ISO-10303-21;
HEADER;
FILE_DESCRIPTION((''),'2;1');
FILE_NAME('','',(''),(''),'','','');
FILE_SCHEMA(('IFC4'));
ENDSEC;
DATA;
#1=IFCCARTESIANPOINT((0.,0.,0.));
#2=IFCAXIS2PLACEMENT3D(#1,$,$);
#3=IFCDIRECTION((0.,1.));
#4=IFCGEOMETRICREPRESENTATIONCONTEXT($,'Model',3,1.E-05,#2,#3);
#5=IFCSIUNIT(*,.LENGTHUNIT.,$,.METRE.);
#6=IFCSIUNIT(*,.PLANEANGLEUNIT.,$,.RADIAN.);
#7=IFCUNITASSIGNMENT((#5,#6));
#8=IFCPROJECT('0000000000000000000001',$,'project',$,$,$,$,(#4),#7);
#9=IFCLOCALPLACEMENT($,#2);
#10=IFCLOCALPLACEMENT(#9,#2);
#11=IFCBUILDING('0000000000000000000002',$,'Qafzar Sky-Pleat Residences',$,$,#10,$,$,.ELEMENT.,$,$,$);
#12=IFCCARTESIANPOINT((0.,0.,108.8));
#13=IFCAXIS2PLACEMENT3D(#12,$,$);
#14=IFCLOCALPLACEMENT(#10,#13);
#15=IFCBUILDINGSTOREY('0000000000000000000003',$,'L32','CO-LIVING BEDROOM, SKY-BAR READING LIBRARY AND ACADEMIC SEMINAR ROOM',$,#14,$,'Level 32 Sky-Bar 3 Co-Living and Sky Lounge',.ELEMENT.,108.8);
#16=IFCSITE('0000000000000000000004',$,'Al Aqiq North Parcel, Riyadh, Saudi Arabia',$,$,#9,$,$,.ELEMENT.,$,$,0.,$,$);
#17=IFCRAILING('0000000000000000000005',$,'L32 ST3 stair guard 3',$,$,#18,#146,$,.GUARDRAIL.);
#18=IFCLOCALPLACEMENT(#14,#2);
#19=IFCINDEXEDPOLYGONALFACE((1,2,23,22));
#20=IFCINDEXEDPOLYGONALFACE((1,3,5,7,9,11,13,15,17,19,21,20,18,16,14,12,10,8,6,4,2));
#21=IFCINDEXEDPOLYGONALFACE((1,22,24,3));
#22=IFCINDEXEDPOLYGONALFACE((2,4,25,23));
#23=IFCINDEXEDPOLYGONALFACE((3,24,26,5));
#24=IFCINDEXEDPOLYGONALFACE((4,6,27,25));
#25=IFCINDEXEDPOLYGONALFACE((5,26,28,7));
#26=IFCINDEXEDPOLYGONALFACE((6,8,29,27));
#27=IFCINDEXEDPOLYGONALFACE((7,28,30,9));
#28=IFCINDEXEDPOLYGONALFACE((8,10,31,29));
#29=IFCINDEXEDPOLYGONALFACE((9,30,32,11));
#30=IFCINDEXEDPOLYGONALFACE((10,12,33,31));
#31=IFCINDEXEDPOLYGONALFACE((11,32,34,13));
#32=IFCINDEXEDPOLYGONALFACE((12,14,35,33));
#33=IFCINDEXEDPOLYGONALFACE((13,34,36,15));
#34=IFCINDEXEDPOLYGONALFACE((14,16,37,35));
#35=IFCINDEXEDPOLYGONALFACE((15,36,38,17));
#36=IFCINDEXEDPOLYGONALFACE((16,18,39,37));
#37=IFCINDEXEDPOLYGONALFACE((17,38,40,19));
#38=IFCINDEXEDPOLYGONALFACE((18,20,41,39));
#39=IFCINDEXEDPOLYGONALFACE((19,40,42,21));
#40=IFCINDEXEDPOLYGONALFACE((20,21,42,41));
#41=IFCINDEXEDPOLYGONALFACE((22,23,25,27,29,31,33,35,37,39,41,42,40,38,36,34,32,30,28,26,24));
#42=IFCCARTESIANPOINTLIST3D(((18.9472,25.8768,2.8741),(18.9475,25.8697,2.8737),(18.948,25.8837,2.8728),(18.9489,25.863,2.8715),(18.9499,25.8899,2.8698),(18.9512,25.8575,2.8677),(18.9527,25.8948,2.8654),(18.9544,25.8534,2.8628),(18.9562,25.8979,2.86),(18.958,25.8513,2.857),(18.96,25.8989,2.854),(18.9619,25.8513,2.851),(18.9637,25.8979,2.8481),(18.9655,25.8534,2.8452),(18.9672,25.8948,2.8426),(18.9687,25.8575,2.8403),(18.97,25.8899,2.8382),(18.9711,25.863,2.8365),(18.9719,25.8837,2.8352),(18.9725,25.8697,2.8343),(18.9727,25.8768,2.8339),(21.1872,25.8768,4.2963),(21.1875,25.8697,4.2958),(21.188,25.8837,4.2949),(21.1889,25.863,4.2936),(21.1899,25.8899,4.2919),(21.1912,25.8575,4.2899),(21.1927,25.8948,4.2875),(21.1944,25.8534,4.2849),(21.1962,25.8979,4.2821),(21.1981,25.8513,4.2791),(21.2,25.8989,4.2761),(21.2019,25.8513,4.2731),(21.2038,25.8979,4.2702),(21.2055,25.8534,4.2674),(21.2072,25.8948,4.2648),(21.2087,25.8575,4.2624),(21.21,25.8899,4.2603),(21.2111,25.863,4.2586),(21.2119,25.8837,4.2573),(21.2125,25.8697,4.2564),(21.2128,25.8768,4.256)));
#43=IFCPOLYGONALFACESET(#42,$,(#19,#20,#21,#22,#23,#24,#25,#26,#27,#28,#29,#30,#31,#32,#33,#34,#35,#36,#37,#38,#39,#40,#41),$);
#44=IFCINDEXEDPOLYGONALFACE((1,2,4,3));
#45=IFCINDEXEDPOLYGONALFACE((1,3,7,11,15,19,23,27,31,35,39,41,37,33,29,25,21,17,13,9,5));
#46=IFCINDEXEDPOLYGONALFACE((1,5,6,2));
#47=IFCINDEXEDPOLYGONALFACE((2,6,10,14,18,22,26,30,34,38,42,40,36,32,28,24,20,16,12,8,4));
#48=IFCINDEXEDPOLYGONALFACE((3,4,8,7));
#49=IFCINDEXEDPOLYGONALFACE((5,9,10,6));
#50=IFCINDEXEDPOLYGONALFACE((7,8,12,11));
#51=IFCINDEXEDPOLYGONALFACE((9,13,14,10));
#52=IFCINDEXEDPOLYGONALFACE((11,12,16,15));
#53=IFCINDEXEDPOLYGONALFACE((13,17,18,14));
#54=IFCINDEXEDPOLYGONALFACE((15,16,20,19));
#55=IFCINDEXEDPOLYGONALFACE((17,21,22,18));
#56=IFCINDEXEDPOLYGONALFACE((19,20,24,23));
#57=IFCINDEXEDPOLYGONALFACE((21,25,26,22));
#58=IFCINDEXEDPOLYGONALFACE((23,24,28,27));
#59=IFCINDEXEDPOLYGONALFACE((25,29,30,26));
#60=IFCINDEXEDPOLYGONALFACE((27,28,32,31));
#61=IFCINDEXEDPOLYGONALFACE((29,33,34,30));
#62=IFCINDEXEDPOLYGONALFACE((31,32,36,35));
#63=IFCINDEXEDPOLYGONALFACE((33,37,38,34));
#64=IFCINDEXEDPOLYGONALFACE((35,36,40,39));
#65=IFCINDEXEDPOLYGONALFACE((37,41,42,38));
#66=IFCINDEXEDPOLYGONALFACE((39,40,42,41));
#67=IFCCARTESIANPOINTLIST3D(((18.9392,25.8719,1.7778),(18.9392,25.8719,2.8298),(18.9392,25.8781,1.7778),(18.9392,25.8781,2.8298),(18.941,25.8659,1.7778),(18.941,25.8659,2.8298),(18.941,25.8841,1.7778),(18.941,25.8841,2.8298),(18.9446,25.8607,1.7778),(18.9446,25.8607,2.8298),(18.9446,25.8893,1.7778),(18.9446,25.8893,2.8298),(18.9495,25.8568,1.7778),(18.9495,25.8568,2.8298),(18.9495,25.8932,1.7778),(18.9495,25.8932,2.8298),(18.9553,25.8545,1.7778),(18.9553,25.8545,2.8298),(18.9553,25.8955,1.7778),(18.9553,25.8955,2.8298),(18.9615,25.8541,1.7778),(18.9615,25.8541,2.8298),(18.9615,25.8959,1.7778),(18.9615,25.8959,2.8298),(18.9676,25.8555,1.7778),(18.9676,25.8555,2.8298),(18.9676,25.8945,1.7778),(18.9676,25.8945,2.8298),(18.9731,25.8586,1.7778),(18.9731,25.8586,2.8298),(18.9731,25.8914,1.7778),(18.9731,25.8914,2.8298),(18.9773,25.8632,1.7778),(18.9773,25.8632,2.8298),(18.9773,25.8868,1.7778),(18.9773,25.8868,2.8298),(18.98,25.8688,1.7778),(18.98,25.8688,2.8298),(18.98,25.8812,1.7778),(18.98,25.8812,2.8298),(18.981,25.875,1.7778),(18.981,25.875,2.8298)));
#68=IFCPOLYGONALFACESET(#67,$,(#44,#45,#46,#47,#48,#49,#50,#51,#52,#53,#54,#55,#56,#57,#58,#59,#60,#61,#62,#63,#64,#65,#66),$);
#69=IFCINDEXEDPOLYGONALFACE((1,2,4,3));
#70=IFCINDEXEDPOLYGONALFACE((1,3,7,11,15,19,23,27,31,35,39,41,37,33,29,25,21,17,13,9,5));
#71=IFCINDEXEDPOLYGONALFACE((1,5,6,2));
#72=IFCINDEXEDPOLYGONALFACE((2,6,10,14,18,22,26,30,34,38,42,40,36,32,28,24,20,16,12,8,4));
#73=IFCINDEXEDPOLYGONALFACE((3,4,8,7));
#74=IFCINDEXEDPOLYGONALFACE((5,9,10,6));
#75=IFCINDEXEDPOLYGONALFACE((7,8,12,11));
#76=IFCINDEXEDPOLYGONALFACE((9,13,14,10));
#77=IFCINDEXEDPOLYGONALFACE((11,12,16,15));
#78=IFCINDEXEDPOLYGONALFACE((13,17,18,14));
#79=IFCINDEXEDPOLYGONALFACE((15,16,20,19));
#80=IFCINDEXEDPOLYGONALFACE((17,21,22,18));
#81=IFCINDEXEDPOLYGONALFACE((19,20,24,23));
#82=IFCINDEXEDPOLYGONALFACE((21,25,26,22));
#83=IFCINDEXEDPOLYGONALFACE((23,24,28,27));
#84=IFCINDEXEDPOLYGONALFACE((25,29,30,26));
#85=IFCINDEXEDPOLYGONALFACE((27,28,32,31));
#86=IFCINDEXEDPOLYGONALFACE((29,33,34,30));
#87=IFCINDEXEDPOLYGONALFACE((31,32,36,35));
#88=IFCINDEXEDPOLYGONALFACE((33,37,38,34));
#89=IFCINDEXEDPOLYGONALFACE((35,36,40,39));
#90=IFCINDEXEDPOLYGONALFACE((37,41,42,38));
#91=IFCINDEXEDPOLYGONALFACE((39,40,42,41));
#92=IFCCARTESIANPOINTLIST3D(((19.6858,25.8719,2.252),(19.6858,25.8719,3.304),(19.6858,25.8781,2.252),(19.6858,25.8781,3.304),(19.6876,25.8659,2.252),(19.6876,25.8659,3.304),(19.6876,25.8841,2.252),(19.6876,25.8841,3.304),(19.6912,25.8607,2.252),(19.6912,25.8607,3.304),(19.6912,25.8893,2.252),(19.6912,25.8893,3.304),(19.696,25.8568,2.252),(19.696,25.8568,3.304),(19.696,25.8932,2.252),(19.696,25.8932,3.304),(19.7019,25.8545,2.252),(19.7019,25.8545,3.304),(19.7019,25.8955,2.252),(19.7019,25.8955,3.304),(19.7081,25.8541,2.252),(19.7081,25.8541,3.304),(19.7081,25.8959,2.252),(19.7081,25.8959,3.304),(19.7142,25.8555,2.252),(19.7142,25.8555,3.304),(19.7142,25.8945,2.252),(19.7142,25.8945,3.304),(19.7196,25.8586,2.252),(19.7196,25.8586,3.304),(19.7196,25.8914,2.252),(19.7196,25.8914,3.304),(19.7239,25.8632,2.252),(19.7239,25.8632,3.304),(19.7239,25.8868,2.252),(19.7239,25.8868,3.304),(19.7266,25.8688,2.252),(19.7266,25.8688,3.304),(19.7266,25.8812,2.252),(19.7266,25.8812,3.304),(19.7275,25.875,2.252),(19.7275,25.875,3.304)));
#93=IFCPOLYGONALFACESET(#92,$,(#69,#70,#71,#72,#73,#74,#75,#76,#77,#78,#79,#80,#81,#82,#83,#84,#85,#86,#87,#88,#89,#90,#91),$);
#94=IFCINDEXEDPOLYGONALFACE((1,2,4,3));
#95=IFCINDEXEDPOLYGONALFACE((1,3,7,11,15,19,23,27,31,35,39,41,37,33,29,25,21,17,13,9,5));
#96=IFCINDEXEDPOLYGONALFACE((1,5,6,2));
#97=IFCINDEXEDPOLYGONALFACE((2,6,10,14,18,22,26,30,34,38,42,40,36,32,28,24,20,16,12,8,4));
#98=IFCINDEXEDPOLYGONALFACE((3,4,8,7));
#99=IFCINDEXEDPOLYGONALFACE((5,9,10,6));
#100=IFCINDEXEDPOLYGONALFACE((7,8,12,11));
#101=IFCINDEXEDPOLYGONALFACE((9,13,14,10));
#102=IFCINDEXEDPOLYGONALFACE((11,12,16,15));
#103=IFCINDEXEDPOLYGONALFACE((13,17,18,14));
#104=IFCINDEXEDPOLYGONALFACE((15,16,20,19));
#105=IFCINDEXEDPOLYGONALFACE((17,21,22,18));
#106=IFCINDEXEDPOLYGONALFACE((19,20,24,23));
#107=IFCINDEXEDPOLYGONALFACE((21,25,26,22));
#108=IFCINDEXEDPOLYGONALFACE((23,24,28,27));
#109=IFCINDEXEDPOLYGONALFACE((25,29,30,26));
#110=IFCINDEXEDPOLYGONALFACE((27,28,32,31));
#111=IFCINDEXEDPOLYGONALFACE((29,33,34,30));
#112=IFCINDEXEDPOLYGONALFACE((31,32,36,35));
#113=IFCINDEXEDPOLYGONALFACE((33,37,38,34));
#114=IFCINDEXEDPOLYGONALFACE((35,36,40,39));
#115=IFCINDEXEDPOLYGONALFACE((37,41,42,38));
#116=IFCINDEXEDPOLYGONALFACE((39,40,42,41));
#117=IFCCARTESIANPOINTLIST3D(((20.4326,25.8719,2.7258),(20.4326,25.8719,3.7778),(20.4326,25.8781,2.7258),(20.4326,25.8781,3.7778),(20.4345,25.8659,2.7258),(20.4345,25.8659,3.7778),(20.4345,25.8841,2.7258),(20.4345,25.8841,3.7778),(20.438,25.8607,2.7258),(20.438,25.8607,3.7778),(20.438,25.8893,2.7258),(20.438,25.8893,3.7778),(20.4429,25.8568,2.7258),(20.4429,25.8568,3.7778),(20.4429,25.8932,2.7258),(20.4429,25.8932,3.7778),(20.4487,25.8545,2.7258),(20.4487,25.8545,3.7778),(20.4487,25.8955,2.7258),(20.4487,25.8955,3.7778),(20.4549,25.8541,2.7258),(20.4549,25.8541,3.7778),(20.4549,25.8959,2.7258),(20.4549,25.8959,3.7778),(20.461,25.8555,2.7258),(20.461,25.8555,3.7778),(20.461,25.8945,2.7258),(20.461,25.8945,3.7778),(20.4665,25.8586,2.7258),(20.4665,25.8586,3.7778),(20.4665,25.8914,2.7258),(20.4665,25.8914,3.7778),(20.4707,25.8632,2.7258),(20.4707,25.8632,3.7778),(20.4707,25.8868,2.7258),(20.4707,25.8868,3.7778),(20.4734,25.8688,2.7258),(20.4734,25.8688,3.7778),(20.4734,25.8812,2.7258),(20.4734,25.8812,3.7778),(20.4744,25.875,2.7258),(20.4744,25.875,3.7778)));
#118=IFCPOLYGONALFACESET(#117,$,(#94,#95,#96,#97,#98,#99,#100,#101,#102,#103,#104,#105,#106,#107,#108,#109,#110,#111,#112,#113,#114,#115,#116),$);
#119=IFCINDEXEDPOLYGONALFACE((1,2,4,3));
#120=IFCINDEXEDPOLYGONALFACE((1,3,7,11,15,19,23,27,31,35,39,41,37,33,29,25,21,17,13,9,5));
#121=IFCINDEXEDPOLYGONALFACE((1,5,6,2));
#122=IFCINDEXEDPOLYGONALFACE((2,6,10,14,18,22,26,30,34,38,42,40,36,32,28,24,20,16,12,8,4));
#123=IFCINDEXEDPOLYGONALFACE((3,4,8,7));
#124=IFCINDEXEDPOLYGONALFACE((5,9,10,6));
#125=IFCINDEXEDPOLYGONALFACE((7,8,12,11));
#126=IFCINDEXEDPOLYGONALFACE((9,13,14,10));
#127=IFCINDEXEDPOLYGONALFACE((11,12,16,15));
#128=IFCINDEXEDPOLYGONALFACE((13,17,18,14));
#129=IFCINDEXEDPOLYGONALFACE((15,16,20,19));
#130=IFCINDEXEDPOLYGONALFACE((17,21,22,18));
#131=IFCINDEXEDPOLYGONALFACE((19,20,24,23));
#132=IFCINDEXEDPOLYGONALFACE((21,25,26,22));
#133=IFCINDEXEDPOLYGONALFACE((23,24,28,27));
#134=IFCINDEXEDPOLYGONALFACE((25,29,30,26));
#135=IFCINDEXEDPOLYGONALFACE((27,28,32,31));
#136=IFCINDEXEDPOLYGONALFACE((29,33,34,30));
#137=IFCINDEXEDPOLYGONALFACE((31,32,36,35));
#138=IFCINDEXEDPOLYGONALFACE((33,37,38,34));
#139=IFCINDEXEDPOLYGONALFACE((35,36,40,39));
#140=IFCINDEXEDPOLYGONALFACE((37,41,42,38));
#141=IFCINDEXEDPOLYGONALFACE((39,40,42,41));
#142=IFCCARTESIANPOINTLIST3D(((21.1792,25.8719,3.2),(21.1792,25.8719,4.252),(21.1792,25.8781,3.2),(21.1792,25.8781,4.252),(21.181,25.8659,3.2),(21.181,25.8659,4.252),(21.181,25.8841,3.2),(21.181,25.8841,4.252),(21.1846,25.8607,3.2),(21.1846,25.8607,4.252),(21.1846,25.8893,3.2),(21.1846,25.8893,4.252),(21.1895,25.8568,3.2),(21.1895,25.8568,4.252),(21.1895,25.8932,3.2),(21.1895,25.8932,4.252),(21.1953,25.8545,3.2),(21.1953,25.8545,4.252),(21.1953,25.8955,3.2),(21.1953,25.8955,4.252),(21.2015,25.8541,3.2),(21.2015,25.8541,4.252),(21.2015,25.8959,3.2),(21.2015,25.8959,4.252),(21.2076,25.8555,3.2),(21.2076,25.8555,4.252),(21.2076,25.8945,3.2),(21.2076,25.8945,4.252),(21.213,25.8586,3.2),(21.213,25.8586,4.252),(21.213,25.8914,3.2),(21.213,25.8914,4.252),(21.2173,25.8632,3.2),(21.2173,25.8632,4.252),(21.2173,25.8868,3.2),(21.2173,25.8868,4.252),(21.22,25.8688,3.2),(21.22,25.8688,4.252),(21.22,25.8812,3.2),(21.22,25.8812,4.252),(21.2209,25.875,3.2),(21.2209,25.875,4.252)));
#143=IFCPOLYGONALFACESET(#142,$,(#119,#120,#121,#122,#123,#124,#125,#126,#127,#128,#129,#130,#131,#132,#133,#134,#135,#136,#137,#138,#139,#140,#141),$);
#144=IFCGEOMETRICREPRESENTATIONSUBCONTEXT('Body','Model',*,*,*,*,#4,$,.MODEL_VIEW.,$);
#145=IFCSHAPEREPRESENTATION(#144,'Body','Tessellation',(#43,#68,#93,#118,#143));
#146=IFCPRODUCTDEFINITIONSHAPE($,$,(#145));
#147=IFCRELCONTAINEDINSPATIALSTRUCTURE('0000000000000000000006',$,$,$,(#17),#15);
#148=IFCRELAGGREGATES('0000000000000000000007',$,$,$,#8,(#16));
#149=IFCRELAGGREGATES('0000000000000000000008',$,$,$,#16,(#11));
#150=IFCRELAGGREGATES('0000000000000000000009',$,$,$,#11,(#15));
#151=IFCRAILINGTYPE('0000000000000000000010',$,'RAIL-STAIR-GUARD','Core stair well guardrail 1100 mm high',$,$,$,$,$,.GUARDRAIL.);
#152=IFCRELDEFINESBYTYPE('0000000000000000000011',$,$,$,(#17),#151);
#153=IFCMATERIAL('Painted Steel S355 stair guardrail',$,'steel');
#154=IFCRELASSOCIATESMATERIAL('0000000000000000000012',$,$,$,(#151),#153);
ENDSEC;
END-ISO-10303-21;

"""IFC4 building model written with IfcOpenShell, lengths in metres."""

from ifc_helpers import new_model, si_unit, direction, frame, origin, origin_2d, place, context, subcontext, project, spatial, circle, extrude, source, transform, mapped, material, type_object, element, save


model = new_model("IFC4")

# Units and contexts
model_context = context("Model", 3, precision=1e-05, world=origin(), true_north=direction((0.0, 1.0)))
body_context = subcontext(model_context, "Body", "Model", "MODEL_VIEW")
ifc_project = project(units=[si_unit("LENGTHUNIT", "METRE"), si_unit("PLANEANGLEUNIT", "RADIAN")], contexts=[model_context])

# Site, building, storey
site_placement = place(None, origin())
site = spatial("IfcSite", under=ifc_project, at=site_placement, Name="Al Aqiq North Parcel, Riyadh, Saudi Arabia", CompositionType="ELEMENT", RefElevation=0.0)
building_placement = place(site_placement, origin())
building = spatial("IfcBuilding", under=site, at=building_placement, Name="Qafzar Sky-Pleat Residences", CompositionType="ELEMENT")
storey_placement = place(building_placement, frame((0.0, 0.0, 108.8)))
storey = spatial("IfcBuildingStorey", under=building, at=storey_placement, Name="L32", Description="CO-LIVING BEDROOM, SKY-BAR READING LIBRARY AND ACADEMIC SEMINAR ROOM", LongName="Level 32 Sky-Bar 3 Co-Living and Sky Lounge", CompositionType="ELEMENT", Elevation=108.8)

# Railing
ifc_material_1 = material(Name="Painted Steel S355 stair guardrail", Category="steel")
railing_type_1 = type_object("IfcRailingType", Name="RAIL-STAIR-GUARD", Description="Core stair well guardrail 1100 mm high", PredefinedType="GUARDRAIL", material=ifc_material_1)
shared_shape_1 = source(origin(), body_context, "Body", "SweptSolid", [
    extrude(circle(Radius=0.0239, at=origin_2d()), frame((0.0, 0.0, 1.0762), z_axis=(0.844229, 0.0, 0.535982), x_axis=(0.0, 1.0, 0.0)), (0.0, 0.0, 1.0), 2.6533),
    extrude(circle(Radius=0.021, at=origin_2d()), origin(), (0.0, 0.0, 1.0), 1.052),
    extrude(circle(Radius=0.021, at=origin_2d()), frame((0.7466, 0.0, 0.4741)), (0.0, 0.0, 1.0), 1.052),
    extrude(circle(Radius=0.021, at=origin_2d()), frame((1.4934, 0.0, 0.948)), (0.0, 0.0, 1.0), 1.052),
    extrude(circle(Radius=0.021, at=origin_2d()), frame((2.24, 0.0, 1.4221)), (0.0, 0.0, 1.0), 1.052),
])
railing_1_placement = place(storey_placement, frame((18.96, 25.875, 1.7778)))
element("IfcRailing", 1, at=railing_1_placement, inside=storey, type_object=railing_type_1, Name="L32 ST3 stair guard 3", PredefinedType="GUARDRAIL", context=body_context, shape_type="MappedRepresentation", body=[
    mapped(shared_shape_1, transform((0.0, 0.0, 0.0), x_axis=(1.0, 0.0, 0.0), y_axis=(0.0, 1.0, 0.0), z_axis=(0.0, 0.0, 1.0), scale=1.0)),
])

save(model, "model.ifc")
